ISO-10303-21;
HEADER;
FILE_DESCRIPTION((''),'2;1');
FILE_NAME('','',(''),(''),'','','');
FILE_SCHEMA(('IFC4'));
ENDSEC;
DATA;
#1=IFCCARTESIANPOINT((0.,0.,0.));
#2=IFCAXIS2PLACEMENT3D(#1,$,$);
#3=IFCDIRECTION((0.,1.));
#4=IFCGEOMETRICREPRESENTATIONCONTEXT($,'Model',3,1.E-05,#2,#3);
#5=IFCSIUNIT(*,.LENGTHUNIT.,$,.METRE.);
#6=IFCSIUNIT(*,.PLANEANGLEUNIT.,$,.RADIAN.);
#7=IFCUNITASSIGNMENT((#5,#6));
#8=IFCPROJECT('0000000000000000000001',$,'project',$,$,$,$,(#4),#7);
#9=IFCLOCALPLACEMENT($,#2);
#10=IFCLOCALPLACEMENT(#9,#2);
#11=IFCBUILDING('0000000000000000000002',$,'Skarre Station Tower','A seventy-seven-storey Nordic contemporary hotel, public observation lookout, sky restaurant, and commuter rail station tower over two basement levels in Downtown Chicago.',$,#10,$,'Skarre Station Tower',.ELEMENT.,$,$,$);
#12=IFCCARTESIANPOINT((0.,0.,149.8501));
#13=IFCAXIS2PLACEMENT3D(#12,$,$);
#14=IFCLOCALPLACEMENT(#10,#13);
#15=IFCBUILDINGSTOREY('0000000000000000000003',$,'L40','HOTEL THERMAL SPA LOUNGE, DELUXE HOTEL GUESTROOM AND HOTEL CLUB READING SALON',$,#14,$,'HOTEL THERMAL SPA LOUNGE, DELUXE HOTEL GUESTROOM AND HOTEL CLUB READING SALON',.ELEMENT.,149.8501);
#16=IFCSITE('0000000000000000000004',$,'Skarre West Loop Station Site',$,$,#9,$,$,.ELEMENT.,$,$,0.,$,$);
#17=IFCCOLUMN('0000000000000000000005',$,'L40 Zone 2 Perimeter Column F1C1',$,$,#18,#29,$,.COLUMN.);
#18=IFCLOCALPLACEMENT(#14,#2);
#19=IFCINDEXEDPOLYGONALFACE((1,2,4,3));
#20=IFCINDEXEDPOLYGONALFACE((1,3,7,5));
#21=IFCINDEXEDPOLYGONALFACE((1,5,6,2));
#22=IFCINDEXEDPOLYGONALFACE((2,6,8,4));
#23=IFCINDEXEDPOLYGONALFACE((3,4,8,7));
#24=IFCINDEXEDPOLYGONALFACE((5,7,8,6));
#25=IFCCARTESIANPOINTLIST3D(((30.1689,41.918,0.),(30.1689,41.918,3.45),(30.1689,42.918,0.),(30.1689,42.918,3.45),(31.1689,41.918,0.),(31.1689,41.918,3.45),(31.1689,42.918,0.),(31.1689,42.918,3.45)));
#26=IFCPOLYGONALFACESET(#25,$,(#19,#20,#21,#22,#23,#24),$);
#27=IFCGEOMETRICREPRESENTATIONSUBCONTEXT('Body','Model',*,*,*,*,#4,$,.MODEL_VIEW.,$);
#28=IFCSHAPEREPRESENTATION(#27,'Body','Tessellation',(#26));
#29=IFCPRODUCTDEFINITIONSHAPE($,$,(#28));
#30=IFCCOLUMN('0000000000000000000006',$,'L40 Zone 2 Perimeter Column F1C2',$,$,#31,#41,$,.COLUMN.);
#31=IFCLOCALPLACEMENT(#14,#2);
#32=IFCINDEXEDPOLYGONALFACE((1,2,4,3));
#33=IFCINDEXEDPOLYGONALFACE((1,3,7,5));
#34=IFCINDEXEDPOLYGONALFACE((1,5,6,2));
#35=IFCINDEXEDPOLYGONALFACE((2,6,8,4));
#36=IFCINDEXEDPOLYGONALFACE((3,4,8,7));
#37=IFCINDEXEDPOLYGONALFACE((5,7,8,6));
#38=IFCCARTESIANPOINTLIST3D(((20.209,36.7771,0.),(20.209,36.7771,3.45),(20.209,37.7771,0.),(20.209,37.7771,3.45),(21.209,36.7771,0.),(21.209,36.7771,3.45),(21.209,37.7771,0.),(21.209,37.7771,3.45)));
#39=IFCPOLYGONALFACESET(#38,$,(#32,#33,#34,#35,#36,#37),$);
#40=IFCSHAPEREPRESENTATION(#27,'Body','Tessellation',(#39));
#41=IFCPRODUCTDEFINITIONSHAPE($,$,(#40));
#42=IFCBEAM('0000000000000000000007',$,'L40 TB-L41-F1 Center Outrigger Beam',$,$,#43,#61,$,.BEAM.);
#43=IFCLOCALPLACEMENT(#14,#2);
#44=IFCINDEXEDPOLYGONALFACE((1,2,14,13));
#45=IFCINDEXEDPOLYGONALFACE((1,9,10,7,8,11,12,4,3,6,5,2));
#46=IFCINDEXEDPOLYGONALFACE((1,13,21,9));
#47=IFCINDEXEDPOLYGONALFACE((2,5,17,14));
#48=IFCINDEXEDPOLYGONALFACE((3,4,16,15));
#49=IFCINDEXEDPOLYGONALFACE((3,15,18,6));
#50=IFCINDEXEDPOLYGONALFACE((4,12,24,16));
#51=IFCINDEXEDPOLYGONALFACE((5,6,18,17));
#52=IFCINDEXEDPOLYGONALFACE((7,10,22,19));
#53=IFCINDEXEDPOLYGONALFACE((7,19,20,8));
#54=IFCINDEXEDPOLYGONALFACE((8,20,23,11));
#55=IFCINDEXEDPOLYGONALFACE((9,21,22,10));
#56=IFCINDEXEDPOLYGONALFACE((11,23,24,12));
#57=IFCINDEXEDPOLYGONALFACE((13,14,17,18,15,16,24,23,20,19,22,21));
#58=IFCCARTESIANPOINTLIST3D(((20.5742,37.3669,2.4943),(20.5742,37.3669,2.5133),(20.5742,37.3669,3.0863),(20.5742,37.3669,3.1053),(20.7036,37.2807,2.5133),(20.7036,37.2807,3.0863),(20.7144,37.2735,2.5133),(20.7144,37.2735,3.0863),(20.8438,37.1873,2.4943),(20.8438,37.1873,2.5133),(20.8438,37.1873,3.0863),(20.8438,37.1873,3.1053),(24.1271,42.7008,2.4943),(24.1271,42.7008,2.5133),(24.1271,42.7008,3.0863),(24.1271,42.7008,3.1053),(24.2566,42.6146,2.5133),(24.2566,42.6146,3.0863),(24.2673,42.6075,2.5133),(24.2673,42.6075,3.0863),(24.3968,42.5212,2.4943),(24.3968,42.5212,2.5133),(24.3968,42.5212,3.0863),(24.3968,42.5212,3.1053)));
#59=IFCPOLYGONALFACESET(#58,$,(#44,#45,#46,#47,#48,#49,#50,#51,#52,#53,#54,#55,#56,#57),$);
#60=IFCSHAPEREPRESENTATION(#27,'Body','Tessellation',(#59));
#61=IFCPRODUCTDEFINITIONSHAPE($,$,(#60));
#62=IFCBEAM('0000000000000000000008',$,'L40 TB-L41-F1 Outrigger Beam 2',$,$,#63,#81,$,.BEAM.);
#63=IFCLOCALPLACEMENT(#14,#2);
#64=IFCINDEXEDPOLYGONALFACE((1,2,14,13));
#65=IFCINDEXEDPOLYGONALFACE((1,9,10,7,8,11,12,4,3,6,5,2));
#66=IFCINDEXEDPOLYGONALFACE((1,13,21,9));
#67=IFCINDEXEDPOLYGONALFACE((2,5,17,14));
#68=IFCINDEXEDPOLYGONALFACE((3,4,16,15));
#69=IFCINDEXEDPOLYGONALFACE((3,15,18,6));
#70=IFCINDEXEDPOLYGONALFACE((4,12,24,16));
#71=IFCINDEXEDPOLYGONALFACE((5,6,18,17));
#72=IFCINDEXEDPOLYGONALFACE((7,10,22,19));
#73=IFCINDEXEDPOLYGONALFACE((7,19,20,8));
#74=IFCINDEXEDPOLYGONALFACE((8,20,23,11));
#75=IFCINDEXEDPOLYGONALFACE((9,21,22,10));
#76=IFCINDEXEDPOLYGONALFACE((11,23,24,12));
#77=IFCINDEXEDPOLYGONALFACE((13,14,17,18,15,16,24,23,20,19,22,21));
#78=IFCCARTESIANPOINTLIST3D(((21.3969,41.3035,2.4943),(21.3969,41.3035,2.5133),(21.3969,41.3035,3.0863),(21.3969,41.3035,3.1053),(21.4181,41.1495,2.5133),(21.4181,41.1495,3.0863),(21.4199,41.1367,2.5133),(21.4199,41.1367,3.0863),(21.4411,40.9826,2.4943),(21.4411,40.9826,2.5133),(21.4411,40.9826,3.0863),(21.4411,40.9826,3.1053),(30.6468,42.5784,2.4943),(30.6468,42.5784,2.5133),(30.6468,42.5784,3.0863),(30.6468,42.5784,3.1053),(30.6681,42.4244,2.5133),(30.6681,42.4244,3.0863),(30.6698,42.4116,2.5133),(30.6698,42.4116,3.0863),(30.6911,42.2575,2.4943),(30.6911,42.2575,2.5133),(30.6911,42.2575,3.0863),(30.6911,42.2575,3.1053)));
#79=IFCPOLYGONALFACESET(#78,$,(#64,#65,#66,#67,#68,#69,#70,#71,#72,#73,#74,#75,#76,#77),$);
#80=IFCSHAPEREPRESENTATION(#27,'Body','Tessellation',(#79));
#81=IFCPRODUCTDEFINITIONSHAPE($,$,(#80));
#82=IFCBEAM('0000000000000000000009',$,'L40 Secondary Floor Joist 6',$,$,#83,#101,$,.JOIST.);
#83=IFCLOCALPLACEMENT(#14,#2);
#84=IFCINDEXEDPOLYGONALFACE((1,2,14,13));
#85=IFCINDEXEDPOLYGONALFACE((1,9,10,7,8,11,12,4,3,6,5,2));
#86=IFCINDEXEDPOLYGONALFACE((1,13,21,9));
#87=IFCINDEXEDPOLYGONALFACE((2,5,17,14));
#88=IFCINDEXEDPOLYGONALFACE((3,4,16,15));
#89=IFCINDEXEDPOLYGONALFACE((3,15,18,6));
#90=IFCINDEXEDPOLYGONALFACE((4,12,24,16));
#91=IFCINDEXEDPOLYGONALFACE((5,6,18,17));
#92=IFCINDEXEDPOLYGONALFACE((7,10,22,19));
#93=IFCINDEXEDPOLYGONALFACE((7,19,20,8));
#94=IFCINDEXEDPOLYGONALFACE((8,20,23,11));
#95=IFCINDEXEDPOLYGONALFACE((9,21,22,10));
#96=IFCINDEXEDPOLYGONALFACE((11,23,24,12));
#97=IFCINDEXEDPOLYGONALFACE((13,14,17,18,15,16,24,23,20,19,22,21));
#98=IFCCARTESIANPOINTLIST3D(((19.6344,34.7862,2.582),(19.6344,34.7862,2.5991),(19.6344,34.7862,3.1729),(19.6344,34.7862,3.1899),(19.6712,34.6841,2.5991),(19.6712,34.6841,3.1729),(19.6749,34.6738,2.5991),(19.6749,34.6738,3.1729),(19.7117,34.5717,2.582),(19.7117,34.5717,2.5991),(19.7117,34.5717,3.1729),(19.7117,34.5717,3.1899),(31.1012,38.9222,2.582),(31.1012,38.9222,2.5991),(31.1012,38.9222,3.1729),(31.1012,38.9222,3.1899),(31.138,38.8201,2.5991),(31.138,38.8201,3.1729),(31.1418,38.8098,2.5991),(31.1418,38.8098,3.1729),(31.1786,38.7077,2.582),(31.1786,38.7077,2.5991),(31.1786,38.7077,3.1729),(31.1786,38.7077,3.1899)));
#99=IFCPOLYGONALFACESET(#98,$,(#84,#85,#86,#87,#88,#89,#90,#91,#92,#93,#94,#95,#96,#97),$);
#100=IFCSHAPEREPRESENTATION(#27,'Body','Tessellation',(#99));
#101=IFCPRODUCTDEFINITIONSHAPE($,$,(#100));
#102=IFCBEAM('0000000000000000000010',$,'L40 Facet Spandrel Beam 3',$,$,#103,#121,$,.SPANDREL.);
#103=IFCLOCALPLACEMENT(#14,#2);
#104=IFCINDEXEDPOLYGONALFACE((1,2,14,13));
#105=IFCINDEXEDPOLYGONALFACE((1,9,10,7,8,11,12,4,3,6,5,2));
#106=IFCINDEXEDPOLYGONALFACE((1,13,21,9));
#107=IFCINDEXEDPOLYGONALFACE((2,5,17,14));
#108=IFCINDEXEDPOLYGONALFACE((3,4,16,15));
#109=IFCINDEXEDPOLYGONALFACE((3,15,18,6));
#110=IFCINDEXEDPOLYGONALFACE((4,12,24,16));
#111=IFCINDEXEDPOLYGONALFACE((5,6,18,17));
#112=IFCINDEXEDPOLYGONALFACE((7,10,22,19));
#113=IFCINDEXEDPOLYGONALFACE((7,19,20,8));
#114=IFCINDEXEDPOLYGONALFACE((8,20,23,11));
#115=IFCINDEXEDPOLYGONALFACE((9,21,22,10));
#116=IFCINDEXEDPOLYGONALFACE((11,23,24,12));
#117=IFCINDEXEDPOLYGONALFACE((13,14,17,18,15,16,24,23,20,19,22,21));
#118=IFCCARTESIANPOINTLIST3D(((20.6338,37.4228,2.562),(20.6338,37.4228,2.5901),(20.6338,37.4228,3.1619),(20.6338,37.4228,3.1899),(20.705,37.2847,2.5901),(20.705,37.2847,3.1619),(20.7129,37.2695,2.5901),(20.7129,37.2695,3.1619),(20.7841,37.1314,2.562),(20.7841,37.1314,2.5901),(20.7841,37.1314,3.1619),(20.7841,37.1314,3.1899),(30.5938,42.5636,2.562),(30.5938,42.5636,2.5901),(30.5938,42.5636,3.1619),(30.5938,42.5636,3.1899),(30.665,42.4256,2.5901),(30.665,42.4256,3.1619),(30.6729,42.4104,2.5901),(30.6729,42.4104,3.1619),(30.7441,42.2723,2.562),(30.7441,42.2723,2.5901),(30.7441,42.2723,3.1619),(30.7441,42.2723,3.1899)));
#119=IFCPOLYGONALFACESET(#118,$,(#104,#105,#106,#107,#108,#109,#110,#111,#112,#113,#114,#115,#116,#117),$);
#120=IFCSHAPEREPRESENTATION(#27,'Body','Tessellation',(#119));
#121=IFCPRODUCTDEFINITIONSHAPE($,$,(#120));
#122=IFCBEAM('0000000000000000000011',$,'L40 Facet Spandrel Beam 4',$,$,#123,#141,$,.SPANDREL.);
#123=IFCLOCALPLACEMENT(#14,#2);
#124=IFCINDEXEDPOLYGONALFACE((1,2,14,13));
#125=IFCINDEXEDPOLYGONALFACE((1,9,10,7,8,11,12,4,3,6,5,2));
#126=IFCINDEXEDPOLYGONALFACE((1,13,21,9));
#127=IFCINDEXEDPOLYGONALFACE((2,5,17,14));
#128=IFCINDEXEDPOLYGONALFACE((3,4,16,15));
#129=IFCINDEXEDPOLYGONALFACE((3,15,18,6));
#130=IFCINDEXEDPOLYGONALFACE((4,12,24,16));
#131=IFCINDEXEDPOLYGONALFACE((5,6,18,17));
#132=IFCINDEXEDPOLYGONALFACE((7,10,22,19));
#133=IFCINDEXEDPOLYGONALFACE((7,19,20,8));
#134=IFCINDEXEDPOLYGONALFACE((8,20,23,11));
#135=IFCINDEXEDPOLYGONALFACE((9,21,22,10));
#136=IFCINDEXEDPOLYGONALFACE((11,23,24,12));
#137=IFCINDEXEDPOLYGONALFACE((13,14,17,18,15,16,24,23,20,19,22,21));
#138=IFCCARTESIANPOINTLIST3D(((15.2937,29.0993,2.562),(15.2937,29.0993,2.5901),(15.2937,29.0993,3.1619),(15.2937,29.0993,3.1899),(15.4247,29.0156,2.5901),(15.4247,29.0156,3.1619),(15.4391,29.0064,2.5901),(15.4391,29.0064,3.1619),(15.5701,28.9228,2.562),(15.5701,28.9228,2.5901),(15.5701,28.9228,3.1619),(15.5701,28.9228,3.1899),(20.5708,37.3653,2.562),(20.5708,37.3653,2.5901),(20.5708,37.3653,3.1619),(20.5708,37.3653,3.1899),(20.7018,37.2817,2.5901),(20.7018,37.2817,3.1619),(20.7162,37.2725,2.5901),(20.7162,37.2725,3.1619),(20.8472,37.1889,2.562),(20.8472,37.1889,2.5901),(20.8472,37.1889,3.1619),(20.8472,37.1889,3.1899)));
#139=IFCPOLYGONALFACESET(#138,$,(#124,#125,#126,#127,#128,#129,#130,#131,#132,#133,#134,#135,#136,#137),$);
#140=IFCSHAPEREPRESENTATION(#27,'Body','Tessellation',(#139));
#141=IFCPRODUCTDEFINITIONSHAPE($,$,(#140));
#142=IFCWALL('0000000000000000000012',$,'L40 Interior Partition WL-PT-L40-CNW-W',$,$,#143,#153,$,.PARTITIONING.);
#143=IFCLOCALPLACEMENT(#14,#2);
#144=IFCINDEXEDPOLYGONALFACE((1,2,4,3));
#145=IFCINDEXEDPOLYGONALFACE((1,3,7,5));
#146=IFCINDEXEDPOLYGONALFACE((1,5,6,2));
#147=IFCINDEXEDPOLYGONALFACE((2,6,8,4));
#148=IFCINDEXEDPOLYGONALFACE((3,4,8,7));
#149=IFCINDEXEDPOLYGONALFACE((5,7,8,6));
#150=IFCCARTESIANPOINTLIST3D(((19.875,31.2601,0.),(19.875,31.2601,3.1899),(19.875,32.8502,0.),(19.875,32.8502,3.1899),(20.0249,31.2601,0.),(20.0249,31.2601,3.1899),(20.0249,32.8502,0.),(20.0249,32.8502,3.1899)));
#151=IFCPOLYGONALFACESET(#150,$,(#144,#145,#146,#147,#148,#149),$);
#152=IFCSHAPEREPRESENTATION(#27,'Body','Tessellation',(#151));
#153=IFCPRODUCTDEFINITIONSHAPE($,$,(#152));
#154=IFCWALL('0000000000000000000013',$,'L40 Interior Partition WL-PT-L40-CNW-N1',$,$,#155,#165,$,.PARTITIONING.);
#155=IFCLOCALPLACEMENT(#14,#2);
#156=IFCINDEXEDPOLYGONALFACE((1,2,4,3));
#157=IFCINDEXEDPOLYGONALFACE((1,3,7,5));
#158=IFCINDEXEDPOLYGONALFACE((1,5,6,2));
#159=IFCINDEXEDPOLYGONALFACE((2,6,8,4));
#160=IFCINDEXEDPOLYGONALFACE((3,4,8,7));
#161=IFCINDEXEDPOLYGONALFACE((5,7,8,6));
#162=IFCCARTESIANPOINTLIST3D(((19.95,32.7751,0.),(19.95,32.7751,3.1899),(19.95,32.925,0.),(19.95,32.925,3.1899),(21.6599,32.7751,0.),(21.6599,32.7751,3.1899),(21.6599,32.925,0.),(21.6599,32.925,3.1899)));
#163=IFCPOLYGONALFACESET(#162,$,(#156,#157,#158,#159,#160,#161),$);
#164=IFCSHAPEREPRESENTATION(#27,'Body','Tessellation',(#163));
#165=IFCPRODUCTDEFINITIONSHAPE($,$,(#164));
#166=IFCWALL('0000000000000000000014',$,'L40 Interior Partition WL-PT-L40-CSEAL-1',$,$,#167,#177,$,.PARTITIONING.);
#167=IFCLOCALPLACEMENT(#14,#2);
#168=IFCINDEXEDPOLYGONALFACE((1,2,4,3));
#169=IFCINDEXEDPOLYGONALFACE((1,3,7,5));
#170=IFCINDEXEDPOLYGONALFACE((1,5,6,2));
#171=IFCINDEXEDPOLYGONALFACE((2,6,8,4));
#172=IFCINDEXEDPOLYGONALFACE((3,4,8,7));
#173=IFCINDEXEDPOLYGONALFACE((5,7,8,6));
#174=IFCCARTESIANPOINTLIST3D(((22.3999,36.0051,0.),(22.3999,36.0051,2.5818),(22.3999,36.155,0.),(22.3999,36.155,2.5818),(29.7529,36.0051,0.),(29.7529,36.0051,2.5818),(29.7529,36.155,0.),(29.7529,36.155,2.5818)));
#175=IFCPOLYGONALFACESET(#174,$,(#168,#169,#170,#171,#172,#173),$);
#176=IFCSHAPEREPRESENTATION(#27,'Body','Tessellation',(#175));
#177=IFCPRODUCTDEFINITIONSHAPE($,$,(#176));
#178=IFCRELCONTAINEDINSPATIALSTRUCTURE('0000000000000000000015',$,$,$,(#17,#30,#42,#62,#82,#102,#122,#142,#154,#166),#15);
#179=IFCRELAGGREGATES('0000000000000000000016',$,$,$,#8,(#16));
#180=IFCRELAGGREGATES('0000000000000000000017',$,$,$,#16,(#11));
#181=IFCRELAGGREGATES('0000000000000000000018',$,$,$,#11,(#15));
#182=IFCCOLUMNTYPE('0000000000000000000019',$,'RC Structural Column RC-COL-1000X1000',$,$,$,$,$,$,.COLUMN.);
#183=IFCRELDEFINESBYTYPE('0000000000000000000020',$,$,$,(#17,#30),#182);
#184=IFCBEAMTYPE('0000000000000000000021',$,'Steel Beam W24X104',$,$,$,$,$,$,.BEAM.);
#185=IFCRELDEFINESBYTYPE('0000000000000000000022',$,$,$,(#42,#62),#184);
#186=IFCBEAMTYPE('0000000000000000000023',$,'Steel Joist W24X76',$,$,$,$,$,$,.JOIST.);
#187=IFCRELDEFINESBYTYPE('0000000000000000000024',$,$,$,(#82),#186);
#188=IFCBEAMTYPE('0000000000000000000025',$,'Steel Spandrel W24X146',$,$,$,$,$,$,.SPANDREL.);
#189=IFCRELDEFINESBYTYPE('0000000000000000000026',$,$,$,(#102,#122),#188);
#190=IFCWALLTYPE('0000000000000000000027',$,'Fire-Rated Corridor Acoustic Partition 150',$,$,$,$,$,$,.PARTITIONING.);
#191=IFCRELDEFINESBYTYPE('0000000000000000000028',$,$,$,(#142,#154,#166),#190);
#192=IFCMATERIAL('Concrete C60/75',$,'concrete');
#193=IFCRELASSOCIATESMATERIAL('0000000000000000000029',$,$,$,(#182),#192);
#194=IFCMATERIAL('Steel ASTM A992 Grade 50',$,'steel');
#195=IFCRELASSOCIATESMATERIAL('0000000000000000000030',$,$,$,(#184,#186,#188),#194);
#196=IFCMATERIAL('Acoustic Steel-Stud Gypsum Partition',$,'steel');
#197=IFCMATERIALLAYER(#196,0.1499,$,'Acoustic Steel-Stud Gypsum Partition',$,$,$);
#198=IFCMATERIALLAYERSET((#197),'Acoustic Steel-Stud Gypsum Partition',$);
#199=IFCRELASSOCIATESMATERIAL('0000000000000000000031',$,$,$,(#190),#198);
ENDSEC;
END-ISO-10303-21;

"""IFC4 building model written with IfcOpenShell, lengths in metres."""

from ifc_helpers import new_model, si_unit, direction, frame, frame_2d, origin, origin_2d, place, context, subcontext, project, spatial, rectangle, i_section, extrude, material, layer, layer_set, material_profile, profile_set, type_object, element, save


model = new_model("IFC4")

# Units and contexts
model_context = context("Model", 3, precision=1e-05, world=origin(), true_north=direction((0.0, 1.0)))
body_context = subcontext(model_context, "Body", "Model", "MODEL_VIEW")
ifc_project = project(units=[si_unit("LENGTHUNIT", "METRE"), si_unit("PLANEANGLEUNIT", "RADIAN")], contexts=[model_context])

# Site, building, storey
site_placement = place(None, origin())
site = spatial("IfcSite", under=ifc_project, at=site_placement, Name="Skarre West Loop Station Site", CompositionType="ELEMENT", RefElevation=0.0)
building_placement = place(site_placement, origin())
building = spatial("IfcBuilding", under=site, at=building_placement, Name="Skarre Station Tower", Description="A seventy-seven-storey Nordic contemporary hotel, public observation lookout, sky restaurant, and commuter rail station tower over two basement levels in Downtown Chicago.", LongName="Skarre Station Tower", CompositionType="ELEMENT")
storey_placement = place(building_placement, frame((0.0, 0.0, 149.8501)))
storey = spatial("IfcBuildingStorey", under=building, at=storey_placement, Name="L40", Description="HOTEL THERMAL SPA LOUNGE, DELUXE HOTEL GUESTROOM AND HOTEL CLUB READING SALON", LongName="HOTEL THERMAL SPA LOUNGE, DELUXE HOTEL GUESTROOM AND HOTEL CLUB READING SALON", CompositionType="ELEMENT", Elevation=149.8501)

# Columns
ifc_material_1 = material(Name="Concrete C60/75", Category="concrete")
ifc_material_profile_1 = material_profile(ifc_material_1, rectangle(XDim=1.0, YDim=1.0, at=origin_2d()), Name="Concrete C60/75")
ifc_profile_set_1 = profile_set([ifc_material_profile_1], Name="Concrete C60/75")
column_type = type_object("IfcColumnType", Name="RC Structural Column RC-COL-1000X1000", PredefinedType="COLUMN", material=ifc_profile_set_1)
for number, where, z_axis, x_axis, name in (
    (1, (30.6689, 42.418, 0.0), (0.0, 0.0, 1.0), (1.0, 0.0, 0.0), "L40 Zone 2 Perimeter Column F1C1"),
    (2, (20.709, 37.2771, 0.0), (0.0, 0.0, 1.0), (1.0, 0.0, 0.0), "L40 Zone 2 Perimeter Column F1C2"),
):
    element("IfcColumn", number, at=place(storey_placement, frame(where, z_axis=z_axis, x_axis=x_axis)), inside=storey, type_object=column_type, Name=name, PredefinedType="COLUMN", context=body_context, shape_type="SweptSolid", body=[
        extrude(rectangle(XDim=1.0, YDim=1.0, at=origin_2d()), origin(), (0.0, 0.0, 1.0), 3.45),
    ])

# Beams
ifc_material_2 = material(Name="Steel ASTM A992 Grade 50", Category="steel")
ifc_material_profile_2 = material_profile(ifc_material_2, i_section(OverallWidth=0.324, OverallDepth=0.6111, WebThickness=0.0129, FlangeThickness=0.019, at=origin_2d()), Name="Steel ASTM A992 Grade 50")
ifc_profile_set_2 = profile_set([ifc_material_profile_2], Name="Steel ASTM A992 Grade 50")
beam_type_1 = type_object("IfcBeamType", Name="Steel Beam W24X104", PredefinedType="BEAM", material=ifc_profile_set_2)
beam_1_placement = place(storey_placement, frame((20.709, 37.2771, 2.7998), z_axis=(0.554375, 0.832267, 0.0), x_axis=(-0.832267, 0.554375, 0.0)))
element("IfcBeam", 3, at=beam_1_placement, inside=storey, type_object=beam_type_1, Name="L40 TB-L41-F1 Center Outrigger Beam", PredefinedType="BEAM", context=body_context, shape_type="SweptSolid", body=[
    extrude(i_section(OverallWidth=0.324, OverallDepth=0.6111, WebThickness=0.0129, FlangeThickness=0.019, at=origin_2d()), origin(), (0.0, 0.0, 1.0), 6.4089),
])
beam_2_placement = place(storey_placement, frame((30.6689, 42.418, 2.7998), z_axis=(-0.990635, -0.136537, 0.0), x_axis=(0.136537, -0.990635, 0.0)))
element("IfcBeam", 4, at=beam_2_placement, inside=storey, type_object=beam_type_1, Name="L40 TB-L41-F1 Outrigger Beam 2", PredefinedType="BEAM", context=body_context, shape_type="SweptSolid", body=[
    extrude(i_section(OverallWidth=0.324, OverallDepth=0.6111, WebThickness=0.0129, FlangeThickness=0.019, at=origin_2d()), origin(), (0.0, 0.0, 1.0), 9.3374),
])
ifc_material_profile_3 = material_profile(ifc_material_2, i_section(OverallWidth=0.228, OverallDepth=0.6079, WebThickness=0.011, FlangeThickness=0.0171, at=origin_2d()), Name="Steel ASTM A992 Grade 50")
ifc_profile_set_3 = profile_set([ifc_material_profile_3], Name="Steel ASTM A992 Grade 50")
beam_type_2 = type_object("IfcBeamType", Name="Steel Joist W24X76", PredefinedType="JOIST", material=ifc_profile_set_3)
beam_3_placement = place(storey_placement, frame((31.1399, 38.8149, 2.886), z_axis=(-0.94068, -0.339296, 0.0), x_axis=(0.339296, -0.94068, 0.0)))
element("IfcBeam", 5, at=beam_3_placement, inside=storey, type_object=beam_type_2, Name="L40 Secondary Floor Joist 6", PredefinedType="JOIST", context=body_context, shape_type="SweptSolid", body=[
    extrude(i_section(OverallWidth=0.228, OverallDepth=0.6079, WebThickness=0.011, FlangeThickness=0.0171, at=origin_2d()), origin(), (0.0, 0.0, 1.0), 12.1899),
])
ifc_material_profile_4 = material_profile(ifc_material_2, i_section(OverallWidth=0.3279, OverallDepth=0.6279, WebThickness=0.0171, FlangeThickness=0.0281, at=origin_2d()), Name="Steel ASTM A992 Grade 50")
ifc_profile_set_4 = profile_set([ifc_material_profile_4], Name="Steel ASTM A992 Grade 50")
beam_type_3 = type_object("IfcBeamType", Name="Steel Spandrel W24X146", PredefinedType="SPANDREL", material=ifc_profile_set_4)
beam_4_placement = place(storey_placement, frame((30.6689, 42.418, 2.876), z_axis=(-0.888612, -0.45866, 0.0), x_axis=(0.45866, -0.888612, 0.0)))
element("IfcBeam", 6, at=beam_4_placement, inside=storey, type_object=beam_type_3, Name="L40 Facet Spandrel Beam 3", PredefinedType="SPANDREL", context=body_context, shape_type="SweptSolid", body=[
    extrude(i_section(OverallWidth=0.3279, OverallDepth=0.6279, WebThickness=0.0171, FlangeThickness=0.0281, at=origin_2d()), origin(), (0.0, 0.0, 1.0), 11.2085),
])
beam_5_placement = place(storey_placement, frame((20.709, 37.2771, 2.876), z_axis=(-0.538098, -0.842883, 0.0), x_axis=(0.842883, -0.538098, 0.0)))
element("IfcBeam", 7, at=beam_5_placement, inside=storey, type_object=beam_type_3, Name="L40 Facet Spandrel Beam 4", PredefinedType="SPANDREL", context=body_context, shape_type="SweptSolid", body=[
    extrude(i_section(OverallWidth=0.3279, OverallDepth=0.6279, WebThickness=0.0171, FlangeThickness=0.0281, at=origin_2d()), origin(), (0.0, 0.0, 1.0), 9.8069),
])

# Walls
ifc_material_3 = material(Name="Acoustic Steel-Stud Gypsum Partition", Category="steel")
ifc_layer_1 = layer(ifc_material_3, 0.1499, Name="Acoustic Steel-Stud Gypsum Partition")
ifc_layer_set_1 = layer_set([ifc_layer_1], Name="Acoustic Steel-Stud Gypsum Partition")
wall_type_1 = type_object("IfcWallType", Name="Fire-Rated Corridor Acoustic Partition 150", PredefinedType="PARTITIONING", material=ifc_layer_set_1)
wall_1_placement = place(storey_placement, frame((19.95, 32.8501, 0.0), z_axis=(0.0, 0.0, 1.0), x_axis=(0.0, -1.0, 0.0)))
element("IfcWall", 8, at=wall_1_placement, inside=storey, type_object=wall_type_1, Name="L40 Interior Partition WL-PT-L40-CNW-W", PredefinedType="PARTITIONING", context=body_context, shape_type="SweptSolid", body=[
    extrude(rectangle(XDim=1.5901, YDim=0.1499, at=frame_2d((0.7949, 0.0))), origin(), (0.0, 0.0, 1.0), 3.1899),
])
wall_2_placement = place(storey_placement, frame((21.6599, 32.8501, 0.0), z_axis=(0.0, 0.0, 1.0), x_axis=(-1.0, 0.0, 0.0)))
element("IfcWall", 9, at=wall_2_placement, inside=storey, type_object=wall_type_1, Name="L40 Interior Partition WL-PT-L40-CNW-N1", PredefinedType="PARTITIONING", context=body_context, shape_type="SweptSolid", body=[
    extrude(rectangle(XDim=1.71, YDim=0.1499, at=frame_2d((0.855, 0.0))), origin(), (0.0, 0.0, 1.0), 3.1899),
])
wall_3_placement = place(storey_placement, frame((29.7529, 36.0801, 0.0), z_axis=(0.0, 0.0, 1.0), x_axis=(-1.0, 0.0, 0.0)))
element("IfcWall", 10, at=wall_3_placement, inside=storey, type_object=wall_type_1, Name="L40 Interior Partition WL-PT-L40-CSEAL-1", PredefinedType="PARTITIONING", context=body_context, shape_type="SweptSolid", body=[
    extrude(rectangle(XDim=7.353, YDim=0.1499, at=frame_2d((3.6765, 0.0))), origin(), (0.0, 0.0, 1.0), 2.5818),
])

save(model, "model.ifc")
